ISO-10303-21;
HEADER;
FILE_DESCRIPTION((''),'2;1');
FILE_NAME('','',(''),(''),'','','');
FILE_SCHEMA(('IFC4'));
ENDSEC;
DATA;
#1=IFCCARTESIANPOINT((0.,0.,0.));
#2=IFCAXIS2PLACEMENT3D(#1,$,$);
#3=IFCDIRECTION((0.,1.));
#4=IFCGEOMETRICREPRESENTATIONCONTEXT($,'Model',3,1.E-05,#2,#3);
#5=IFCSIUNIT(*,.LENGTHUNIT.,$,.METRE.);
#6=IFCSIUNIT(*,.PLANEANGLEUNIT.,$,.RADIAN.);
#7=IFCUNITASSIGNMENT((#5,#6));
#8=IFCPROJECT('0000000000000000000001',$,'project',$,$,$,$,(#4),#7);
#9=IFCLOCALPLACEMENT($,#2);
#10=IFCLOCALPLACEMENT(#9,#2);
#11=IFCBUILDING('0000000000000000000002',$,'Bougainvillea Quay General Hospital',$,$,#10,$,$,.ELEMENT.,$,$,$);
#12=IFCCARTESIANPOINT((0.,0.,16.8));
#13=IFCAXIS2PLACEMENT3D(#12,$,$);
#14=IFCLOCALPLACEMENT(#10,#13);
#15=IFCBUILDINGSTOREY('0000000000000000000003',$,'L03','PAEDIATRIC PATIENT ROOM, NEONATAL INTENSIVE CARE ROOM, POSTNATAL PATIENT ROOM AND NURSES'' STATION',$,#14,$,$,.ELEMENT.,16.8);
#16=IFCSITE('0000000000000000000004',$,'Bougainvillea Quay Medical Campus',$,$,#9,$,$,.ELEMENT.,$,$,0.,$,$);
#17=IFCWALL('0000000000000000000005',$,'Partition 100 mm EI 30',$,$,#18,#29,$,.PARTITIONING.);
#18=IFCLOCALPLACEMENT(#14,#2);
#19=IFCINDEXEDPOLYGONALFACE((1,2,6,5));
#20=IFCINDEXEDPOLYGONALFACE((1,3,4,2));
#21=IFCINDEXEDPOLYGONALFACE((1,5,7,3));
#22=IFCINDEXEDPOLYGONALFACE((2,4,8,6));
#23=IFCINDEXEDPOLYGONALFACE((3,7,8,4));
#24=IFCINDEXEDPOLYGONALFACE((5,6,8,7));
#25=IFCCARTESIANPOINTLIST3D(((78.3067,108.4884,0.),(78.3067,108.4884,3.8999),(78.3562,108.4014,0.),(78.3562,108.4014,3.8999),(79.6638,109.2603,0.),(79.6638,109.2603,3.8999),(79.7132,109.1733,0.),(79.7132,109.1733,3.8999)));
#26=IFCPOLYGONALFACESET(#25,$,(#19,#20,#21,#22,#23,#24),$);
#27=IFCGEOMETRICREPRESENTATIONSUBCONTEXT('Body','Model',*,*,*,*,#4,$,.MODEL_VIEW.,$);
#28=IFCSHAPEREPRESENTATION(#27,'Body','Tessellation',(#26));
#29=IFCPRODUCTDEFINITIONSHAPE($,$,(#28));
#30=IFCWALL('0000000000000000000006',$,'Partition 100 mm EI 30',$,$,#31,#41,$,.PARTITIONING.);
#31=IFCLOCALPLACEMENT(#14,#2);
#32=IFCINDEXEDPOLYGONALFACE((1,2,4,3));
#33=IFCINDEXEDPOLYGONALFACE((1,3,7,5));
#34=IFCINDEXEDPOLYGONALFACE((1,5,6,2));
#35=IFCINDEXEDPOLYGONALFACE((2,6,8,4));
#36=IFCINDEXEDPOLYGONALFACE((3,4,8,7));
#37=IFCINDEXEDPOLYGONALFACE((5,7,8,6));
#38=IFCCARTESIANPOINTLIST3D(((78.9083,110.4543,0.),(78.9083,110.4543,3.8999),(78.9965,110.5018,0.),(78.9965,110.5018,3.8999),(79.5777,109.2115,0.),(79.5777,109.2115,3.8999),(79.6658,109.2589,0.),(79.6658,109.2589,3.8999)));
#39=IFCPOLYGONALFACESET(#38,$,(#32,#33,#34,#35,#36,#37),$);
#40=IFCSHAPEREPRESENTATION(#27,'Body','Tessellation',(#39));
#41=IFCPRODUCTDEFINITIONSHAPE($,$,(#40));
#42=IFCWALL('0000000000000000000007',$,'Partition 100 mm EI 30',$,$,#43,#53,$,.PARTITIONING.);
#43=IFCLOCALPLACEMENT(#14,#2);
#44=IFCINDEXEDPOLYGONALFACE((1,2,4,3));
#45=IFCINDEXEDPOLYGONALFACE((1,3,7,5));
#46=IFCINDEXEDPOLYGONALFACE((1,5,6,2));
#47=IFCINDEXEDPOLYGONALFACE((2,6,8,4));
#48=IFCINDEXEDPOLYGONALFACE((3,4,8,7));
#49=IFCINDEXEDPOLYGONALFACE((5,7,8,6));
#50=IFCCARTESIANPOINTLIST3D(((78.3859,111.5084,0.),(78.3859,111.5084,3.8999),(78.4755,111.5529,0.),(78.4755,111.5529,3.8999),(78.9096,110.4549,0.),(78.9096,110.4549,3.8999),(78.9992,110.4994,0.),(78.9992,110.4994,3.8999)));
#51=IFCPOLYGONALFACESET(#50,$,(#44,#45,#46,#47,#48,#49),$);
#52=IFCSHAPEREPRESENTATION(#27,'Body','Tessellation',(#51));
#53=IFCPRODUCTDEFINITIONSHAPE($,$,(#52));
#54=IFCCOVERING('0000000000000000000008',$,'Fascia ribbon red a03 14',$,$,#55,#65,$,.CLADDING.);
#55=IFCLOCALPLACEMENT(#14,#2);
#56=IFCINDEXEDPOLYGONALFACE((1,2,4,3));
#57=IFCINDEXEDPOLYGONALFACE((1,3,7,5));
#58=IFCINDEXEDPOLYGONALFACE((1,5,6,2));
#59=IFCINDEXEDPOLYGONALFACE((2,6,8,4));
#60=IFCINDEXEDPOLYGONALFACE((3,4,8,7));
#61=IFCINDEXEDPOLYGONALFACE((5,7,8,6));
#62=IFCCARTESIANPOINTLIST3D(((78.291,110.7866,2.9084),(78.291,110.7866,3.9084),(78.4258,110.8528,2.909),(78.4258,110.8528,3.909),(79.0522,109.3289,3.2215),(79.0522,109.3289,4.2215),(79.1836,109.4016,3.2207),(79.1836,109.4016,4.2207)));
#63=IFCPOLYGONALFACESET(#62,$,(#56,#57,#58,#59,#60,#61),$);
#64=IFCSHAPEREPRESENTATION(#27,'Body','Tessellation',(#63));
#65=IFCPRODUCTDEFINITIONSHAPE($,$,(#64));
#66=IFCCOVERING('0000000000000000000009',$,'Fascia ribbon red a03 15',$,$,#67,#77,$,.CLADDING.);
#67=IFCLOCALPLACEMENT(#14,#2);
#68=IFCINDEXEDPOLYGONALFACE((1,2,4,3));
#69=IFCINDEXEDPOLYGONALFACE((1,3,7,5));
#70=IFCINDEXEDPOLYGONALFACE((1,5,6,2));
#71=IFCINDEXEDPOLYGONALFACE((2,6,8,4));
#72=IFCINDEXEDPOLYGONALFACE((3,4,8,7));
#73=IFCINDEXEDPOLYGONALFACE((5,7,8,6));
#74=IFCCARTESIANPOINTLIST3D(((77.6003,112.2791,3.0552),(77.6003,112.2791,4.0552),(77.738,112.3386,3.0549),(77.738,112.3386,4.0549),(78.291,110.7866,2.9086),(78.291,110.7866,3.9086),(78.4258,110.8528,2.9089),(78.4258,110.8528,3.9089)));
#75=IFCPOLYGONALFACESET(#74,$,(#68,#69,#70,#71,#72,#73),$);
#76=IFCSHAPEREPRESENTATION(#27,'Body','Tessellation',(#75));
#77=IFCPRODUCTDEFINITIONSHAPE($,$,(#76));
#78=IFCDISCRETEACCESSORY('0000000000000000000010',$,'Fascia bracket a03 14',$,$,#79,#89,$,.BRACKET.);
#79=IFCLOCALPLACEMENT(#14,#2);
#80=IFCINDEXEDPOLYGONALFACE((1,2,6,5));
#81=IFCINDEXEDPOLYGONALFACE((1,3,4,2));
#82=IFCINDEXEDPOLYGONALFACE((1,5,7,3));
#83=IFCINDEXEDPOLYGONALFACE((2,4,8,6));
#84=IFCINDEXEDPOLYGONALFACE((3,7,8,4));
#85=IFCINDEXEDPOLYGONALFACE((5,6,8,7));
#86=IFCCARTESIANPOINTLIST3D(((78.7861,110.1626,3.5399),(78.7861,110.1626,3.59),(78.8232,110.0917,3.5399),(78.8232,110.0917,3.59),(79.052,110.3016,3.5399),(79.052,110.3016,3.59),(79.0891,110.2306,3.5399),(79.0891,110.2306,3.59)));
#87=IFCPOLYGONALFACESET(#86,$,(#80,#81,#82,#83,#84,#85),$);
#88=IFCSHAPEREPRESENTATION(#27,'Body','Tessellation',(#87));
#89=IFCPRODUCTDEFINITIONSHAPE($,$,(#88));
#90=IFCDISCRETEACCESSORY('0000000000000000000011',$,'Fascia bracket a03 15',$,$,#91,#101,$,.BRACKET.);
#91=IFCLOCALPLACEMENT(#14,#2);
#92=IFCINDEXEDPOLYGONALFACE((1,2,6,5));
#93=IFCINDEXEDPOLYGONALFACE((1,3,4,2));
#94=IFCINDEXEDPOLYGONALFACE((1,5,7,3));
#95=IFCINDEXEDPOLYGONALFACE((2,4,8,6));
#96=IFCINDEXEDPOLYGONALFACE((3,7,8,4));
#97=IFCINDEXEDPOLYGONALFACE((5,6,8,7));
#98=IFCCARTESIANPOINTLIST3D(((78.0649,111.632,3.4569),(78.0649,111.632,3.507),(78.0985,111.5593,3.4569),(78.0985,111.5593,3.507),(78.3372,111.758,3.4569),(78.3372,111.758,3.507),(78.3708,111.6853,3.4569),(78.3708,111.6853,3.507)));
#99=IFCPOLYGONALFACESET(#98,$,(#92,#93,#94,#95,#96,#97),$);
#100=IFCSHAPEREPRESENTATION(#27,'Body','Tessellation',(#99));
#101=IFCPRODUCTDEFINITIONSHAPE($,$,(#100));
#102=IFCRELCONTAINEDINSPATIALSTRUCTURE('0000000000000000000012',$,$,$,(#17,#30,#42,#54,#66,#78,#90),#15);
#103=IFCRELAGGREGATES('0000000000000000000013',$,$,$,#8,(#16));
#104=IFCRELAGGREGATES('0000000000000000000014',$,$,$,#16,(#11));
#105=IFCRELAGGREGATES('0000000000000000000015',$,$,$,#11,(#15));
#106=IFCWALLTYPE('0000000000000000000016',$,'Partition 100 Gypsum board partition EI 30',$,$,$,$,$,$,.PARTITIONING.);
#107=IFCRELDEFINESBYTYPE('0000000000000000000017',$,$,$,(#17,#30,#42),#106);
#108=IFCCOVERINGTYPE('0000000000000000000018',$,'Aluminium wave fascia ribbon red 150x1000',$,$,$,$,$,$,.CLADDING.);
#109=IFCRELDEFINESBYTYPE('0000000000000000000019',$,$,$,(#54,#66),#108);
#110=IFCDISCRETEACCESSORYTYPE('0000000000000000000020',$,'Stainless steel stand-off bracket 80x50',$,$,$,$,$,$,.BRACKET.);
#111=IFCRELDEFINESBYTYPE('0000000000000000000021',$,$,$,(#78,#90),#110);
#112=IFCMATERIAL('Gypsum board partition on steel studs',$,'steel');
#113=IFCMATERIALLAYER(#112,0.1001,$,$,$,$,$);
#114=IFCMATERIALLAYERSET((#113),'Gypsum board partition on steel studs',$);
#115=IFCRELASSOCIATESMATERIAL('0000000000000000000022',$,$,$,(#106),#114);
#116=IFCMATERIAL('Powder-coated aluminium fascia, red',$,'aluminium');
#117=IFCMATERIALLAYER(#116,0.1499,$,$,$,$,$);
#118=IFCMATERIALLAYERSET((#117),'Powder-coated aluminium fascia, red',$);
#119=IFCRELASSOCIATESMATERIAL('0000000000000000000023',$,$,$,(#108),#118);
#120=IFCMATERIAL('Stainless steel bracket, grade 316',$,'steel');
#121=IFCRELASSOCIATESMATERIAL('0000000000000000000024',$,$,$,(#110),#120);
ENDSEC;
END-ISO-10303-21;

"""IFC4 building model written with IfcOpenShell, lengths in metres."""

from ifc_helpers import new_model, si_unit, direction, frame, frame_2d, origin, origin_2d, place, context, subcontext, project, spatial, polyline, rectangle, outline, extrude, material, layer, layer_set, material_profile, profile_set, type_object, element, save


model = new_model("IFC4")

# Units and contexts
model_context = context("Model", 3, precision=1e-05, world=origin(), true_north=direction((0.0, 1.0)))
body_context = subcontext(model_context, "Body", "Model", "MODEL_VIEW")
ifc_project = project(units=[si_unit("LENGTHUNIT", "METRE"), si_unit("PLANEANGLEUNIT", "RADIAN")], contexts=[model_context])

# Site, building, storey
site_placement = place(None, origin())
site = spatial("IfcSite", under=ifc_project, at=site_placement, Name="Bougainvillea Quay Medical Campus", CompositionType="ELEMENT", RefElevation=0.0)
building_placement = place(site_placement, origin())
building = spatial("IfcBuilding", under=site, at=building_placement, Name="Bougainvillea Quay General Hospital", CompositionType="ELEMENT")
storey_placement = place(building_placement, frame((0.0, 0.0, 16.8)))
storey = spatial("IfcBuildingStorey", under=building, at=storey_placement, Name="L03", Description="PAEDIATRIC PATIENT ROOM, NEONATAL INTENSIVE CARE ROOM, POSTNATAL PATIENT ROOM AND NURSES' STATION", CompositionType="ELEMENT", Elevation=16.8)

# Walls
ifc_material_1 = material(Name="Gypsum board partition on steel studs", Category="steel")
ifc_layer_1 = layer(ifc_material_1, 0.1001)
ifc_layer_set_1 = layer_set([ifc_layer_1], Name="Gypsum board partition on steel studs")
wall_type = type_object("IfcWallType", Name="Partition 100 Gypsum board partition EI 30", PredefinedType="PARTITIONING", material=ifc_layer_set_1)
wall_1_placement = place(storey_placement, frame((78.3313, 108.4448, 0.0), z_axis=(0.0, 0.0, 1.0), x_axis=(0.869223, 0.49442, 0.0)))
element("IfcWall", 1, at=wall_1_placement, inside=storey, type_object=wall_type, Name="Partition 100 mm EI 30", PredefinedType="PARTITIONING", context=body_context, shape_type="SweptSolid", body=[
    extrude(rectangle(XDim=1.5613, YDim=0.1001, at=frame_2d((0.7808, 0.0))), origin(), (0.0, 0.0, 1.0), 3.8999),
])
wall_2_placement = place(storey_placement, frame((78.9524, 110.478, 0.0), z_axis=(0.0, 0.0, 1.0), x_axis=(0.474193, -0.880421, 0.0)))
element("IfcWall", 2, at=wall_2_placement, inside=storey, type_object=wall_type, Name="Partition 100 mm EI 30", PredefinedType="PARTITIONING", context=body_context, shape_type="SweptSolid", body=[
    extrude(rectangle(XDim=1.4116, YDim=0.1001, at=frame_2d((0.7058, 0.0))), origin(), (0.0, 0.0, 1.0), 3.8999),
])
wall_3_placement = place(storey_placement, frame((78.4307, 111.5308, 0.0), z_axis=(0.0, 0.0, 1.0), x_axis=(0.445137, -0.895462, 0.0)))
element("IfcWall", 3, at=wall_3_placement, inside=storey, type_object=wall_type, Name="Partition 100 mm EI 30", PredefinedType="PARTITIONING", context=body_context, shape_type="SweptSolid", body=[
    extrude(rectangle(XDim=1.1765, YDim=0.1001, at=frame_2d((0.5884, 0.0))), origin(), (0.0, 0.0, 1.0), 3.8999),
])

# Coverings
ifc_material_2 = material(Name="Powder-coated aluminium fascia, red", Category="aluminium")
ifc_layer_2 = layer(ifc_material_2, 0.1499)
ifc_layer_set_2 = layer_set([ifc_layer_2], Name="Powder-coated aluminium fascia, red")
covering_type = type_object("IfcCoveringType", Name="Aluminium wave fascia ribbon red 150x1000", PredefinedType="CLADDING", material=ifc_layer_set_2)
covering_1_placement = place(storey_placement, frame((79.1836, 109.4016, 3.2207), z_axis=(-0.085836, 0.166158, 0.982356), x_axis=(-0.454725, 0.870775, -0.187018)))
element("IfcCovering", 4, at=covering_1_placement, inside=storey, type_object=covering_type, Name="Fascia ribbon red a03 14", PredefinedType="CLADDING", context=body_context, shape_type="SweptSolid", body=[
    extrude(outline(polyline([(0.0, 0.0), (1.6665, 0.0), (1.6703, 0.1501), (-0.0038, 0.1501), (0.0, 0.0)])), origin(), (-0.187018, 0.000812, 0.982356), 1.0),
])
covering_2_placement = place(storey_placement, frame((78.4258, 110.8528, 2.9089), z_axis=(0.037195, -0.080602, 0.996052), x_axis=(-0.418392, 0.903918, 0.08877)))
element("IfcCovering", 5, at=covering_2_placement, inside=storey, type_object=covering_type, Name="Fascia ribbon red a03 15", PredefinedType="CLADDING", context=body_context, shape_type="SweptSolid", body=[
    extrude(outline(polyline([(0.0, 0.0), (1.6438, 0.0), (1.6476, 0.15), (-0.0035, 0.1501), (0.0, 0.0)])), origin(), (0.08877, -0.000102, 0.996052), 1.0),
])

# Discrete accessories
ifc_material_3 = material(Name="Stainless steel bracket, grade 316", Category="steel")
ifc_material_profile_1 = material_profile(ifc_material_3, rectangle(XDim=0.0801, YDim=0.05, at=origin_2d()))
ifc_profile_set_1 = profile_set([ifc_material_profile_1], Name="Stainless steel bracket, grade 316")
discrete_accessory_type = type_object("IfcDiscreteAccessoryType", Name="Stainless steel stand-off bracket 80x50", PredefinedType="BRACKET", material=ifc_profile_set_1)
for number, where, z_axis, x_axis, name in (
    (6, (79.0706, 110.2661, 3.5649), (-0.886309, -0.463094, 0.0), (0.463094, -0.886309, 0.0), "Fascia bracket a03 14"),
    (7, (78.354, 111.7217, 3.4819), (-0.90753, -0.419987, 0.0), (0.419987, -0.90753, 0.0), "Fascia bracket a03 15"),
):
    element("IfcDiscreteAccessory", number, at=place(storey_placement, frame(where, z_axis=z_axis, x_axis=x_axis)), inside=storey, type_object=discrete_accessory_type, Name=name, PredefinedType="BRACKET", context=body_context, shape_type="SweptSolid", body=[
        extrude(rectangle(XDim=0.0801, YDim=0.05, at=origin_2d()), origin(), (0.0, 0.0, 1.0), 0.3),
    ])

save(model, "model.ifc")
